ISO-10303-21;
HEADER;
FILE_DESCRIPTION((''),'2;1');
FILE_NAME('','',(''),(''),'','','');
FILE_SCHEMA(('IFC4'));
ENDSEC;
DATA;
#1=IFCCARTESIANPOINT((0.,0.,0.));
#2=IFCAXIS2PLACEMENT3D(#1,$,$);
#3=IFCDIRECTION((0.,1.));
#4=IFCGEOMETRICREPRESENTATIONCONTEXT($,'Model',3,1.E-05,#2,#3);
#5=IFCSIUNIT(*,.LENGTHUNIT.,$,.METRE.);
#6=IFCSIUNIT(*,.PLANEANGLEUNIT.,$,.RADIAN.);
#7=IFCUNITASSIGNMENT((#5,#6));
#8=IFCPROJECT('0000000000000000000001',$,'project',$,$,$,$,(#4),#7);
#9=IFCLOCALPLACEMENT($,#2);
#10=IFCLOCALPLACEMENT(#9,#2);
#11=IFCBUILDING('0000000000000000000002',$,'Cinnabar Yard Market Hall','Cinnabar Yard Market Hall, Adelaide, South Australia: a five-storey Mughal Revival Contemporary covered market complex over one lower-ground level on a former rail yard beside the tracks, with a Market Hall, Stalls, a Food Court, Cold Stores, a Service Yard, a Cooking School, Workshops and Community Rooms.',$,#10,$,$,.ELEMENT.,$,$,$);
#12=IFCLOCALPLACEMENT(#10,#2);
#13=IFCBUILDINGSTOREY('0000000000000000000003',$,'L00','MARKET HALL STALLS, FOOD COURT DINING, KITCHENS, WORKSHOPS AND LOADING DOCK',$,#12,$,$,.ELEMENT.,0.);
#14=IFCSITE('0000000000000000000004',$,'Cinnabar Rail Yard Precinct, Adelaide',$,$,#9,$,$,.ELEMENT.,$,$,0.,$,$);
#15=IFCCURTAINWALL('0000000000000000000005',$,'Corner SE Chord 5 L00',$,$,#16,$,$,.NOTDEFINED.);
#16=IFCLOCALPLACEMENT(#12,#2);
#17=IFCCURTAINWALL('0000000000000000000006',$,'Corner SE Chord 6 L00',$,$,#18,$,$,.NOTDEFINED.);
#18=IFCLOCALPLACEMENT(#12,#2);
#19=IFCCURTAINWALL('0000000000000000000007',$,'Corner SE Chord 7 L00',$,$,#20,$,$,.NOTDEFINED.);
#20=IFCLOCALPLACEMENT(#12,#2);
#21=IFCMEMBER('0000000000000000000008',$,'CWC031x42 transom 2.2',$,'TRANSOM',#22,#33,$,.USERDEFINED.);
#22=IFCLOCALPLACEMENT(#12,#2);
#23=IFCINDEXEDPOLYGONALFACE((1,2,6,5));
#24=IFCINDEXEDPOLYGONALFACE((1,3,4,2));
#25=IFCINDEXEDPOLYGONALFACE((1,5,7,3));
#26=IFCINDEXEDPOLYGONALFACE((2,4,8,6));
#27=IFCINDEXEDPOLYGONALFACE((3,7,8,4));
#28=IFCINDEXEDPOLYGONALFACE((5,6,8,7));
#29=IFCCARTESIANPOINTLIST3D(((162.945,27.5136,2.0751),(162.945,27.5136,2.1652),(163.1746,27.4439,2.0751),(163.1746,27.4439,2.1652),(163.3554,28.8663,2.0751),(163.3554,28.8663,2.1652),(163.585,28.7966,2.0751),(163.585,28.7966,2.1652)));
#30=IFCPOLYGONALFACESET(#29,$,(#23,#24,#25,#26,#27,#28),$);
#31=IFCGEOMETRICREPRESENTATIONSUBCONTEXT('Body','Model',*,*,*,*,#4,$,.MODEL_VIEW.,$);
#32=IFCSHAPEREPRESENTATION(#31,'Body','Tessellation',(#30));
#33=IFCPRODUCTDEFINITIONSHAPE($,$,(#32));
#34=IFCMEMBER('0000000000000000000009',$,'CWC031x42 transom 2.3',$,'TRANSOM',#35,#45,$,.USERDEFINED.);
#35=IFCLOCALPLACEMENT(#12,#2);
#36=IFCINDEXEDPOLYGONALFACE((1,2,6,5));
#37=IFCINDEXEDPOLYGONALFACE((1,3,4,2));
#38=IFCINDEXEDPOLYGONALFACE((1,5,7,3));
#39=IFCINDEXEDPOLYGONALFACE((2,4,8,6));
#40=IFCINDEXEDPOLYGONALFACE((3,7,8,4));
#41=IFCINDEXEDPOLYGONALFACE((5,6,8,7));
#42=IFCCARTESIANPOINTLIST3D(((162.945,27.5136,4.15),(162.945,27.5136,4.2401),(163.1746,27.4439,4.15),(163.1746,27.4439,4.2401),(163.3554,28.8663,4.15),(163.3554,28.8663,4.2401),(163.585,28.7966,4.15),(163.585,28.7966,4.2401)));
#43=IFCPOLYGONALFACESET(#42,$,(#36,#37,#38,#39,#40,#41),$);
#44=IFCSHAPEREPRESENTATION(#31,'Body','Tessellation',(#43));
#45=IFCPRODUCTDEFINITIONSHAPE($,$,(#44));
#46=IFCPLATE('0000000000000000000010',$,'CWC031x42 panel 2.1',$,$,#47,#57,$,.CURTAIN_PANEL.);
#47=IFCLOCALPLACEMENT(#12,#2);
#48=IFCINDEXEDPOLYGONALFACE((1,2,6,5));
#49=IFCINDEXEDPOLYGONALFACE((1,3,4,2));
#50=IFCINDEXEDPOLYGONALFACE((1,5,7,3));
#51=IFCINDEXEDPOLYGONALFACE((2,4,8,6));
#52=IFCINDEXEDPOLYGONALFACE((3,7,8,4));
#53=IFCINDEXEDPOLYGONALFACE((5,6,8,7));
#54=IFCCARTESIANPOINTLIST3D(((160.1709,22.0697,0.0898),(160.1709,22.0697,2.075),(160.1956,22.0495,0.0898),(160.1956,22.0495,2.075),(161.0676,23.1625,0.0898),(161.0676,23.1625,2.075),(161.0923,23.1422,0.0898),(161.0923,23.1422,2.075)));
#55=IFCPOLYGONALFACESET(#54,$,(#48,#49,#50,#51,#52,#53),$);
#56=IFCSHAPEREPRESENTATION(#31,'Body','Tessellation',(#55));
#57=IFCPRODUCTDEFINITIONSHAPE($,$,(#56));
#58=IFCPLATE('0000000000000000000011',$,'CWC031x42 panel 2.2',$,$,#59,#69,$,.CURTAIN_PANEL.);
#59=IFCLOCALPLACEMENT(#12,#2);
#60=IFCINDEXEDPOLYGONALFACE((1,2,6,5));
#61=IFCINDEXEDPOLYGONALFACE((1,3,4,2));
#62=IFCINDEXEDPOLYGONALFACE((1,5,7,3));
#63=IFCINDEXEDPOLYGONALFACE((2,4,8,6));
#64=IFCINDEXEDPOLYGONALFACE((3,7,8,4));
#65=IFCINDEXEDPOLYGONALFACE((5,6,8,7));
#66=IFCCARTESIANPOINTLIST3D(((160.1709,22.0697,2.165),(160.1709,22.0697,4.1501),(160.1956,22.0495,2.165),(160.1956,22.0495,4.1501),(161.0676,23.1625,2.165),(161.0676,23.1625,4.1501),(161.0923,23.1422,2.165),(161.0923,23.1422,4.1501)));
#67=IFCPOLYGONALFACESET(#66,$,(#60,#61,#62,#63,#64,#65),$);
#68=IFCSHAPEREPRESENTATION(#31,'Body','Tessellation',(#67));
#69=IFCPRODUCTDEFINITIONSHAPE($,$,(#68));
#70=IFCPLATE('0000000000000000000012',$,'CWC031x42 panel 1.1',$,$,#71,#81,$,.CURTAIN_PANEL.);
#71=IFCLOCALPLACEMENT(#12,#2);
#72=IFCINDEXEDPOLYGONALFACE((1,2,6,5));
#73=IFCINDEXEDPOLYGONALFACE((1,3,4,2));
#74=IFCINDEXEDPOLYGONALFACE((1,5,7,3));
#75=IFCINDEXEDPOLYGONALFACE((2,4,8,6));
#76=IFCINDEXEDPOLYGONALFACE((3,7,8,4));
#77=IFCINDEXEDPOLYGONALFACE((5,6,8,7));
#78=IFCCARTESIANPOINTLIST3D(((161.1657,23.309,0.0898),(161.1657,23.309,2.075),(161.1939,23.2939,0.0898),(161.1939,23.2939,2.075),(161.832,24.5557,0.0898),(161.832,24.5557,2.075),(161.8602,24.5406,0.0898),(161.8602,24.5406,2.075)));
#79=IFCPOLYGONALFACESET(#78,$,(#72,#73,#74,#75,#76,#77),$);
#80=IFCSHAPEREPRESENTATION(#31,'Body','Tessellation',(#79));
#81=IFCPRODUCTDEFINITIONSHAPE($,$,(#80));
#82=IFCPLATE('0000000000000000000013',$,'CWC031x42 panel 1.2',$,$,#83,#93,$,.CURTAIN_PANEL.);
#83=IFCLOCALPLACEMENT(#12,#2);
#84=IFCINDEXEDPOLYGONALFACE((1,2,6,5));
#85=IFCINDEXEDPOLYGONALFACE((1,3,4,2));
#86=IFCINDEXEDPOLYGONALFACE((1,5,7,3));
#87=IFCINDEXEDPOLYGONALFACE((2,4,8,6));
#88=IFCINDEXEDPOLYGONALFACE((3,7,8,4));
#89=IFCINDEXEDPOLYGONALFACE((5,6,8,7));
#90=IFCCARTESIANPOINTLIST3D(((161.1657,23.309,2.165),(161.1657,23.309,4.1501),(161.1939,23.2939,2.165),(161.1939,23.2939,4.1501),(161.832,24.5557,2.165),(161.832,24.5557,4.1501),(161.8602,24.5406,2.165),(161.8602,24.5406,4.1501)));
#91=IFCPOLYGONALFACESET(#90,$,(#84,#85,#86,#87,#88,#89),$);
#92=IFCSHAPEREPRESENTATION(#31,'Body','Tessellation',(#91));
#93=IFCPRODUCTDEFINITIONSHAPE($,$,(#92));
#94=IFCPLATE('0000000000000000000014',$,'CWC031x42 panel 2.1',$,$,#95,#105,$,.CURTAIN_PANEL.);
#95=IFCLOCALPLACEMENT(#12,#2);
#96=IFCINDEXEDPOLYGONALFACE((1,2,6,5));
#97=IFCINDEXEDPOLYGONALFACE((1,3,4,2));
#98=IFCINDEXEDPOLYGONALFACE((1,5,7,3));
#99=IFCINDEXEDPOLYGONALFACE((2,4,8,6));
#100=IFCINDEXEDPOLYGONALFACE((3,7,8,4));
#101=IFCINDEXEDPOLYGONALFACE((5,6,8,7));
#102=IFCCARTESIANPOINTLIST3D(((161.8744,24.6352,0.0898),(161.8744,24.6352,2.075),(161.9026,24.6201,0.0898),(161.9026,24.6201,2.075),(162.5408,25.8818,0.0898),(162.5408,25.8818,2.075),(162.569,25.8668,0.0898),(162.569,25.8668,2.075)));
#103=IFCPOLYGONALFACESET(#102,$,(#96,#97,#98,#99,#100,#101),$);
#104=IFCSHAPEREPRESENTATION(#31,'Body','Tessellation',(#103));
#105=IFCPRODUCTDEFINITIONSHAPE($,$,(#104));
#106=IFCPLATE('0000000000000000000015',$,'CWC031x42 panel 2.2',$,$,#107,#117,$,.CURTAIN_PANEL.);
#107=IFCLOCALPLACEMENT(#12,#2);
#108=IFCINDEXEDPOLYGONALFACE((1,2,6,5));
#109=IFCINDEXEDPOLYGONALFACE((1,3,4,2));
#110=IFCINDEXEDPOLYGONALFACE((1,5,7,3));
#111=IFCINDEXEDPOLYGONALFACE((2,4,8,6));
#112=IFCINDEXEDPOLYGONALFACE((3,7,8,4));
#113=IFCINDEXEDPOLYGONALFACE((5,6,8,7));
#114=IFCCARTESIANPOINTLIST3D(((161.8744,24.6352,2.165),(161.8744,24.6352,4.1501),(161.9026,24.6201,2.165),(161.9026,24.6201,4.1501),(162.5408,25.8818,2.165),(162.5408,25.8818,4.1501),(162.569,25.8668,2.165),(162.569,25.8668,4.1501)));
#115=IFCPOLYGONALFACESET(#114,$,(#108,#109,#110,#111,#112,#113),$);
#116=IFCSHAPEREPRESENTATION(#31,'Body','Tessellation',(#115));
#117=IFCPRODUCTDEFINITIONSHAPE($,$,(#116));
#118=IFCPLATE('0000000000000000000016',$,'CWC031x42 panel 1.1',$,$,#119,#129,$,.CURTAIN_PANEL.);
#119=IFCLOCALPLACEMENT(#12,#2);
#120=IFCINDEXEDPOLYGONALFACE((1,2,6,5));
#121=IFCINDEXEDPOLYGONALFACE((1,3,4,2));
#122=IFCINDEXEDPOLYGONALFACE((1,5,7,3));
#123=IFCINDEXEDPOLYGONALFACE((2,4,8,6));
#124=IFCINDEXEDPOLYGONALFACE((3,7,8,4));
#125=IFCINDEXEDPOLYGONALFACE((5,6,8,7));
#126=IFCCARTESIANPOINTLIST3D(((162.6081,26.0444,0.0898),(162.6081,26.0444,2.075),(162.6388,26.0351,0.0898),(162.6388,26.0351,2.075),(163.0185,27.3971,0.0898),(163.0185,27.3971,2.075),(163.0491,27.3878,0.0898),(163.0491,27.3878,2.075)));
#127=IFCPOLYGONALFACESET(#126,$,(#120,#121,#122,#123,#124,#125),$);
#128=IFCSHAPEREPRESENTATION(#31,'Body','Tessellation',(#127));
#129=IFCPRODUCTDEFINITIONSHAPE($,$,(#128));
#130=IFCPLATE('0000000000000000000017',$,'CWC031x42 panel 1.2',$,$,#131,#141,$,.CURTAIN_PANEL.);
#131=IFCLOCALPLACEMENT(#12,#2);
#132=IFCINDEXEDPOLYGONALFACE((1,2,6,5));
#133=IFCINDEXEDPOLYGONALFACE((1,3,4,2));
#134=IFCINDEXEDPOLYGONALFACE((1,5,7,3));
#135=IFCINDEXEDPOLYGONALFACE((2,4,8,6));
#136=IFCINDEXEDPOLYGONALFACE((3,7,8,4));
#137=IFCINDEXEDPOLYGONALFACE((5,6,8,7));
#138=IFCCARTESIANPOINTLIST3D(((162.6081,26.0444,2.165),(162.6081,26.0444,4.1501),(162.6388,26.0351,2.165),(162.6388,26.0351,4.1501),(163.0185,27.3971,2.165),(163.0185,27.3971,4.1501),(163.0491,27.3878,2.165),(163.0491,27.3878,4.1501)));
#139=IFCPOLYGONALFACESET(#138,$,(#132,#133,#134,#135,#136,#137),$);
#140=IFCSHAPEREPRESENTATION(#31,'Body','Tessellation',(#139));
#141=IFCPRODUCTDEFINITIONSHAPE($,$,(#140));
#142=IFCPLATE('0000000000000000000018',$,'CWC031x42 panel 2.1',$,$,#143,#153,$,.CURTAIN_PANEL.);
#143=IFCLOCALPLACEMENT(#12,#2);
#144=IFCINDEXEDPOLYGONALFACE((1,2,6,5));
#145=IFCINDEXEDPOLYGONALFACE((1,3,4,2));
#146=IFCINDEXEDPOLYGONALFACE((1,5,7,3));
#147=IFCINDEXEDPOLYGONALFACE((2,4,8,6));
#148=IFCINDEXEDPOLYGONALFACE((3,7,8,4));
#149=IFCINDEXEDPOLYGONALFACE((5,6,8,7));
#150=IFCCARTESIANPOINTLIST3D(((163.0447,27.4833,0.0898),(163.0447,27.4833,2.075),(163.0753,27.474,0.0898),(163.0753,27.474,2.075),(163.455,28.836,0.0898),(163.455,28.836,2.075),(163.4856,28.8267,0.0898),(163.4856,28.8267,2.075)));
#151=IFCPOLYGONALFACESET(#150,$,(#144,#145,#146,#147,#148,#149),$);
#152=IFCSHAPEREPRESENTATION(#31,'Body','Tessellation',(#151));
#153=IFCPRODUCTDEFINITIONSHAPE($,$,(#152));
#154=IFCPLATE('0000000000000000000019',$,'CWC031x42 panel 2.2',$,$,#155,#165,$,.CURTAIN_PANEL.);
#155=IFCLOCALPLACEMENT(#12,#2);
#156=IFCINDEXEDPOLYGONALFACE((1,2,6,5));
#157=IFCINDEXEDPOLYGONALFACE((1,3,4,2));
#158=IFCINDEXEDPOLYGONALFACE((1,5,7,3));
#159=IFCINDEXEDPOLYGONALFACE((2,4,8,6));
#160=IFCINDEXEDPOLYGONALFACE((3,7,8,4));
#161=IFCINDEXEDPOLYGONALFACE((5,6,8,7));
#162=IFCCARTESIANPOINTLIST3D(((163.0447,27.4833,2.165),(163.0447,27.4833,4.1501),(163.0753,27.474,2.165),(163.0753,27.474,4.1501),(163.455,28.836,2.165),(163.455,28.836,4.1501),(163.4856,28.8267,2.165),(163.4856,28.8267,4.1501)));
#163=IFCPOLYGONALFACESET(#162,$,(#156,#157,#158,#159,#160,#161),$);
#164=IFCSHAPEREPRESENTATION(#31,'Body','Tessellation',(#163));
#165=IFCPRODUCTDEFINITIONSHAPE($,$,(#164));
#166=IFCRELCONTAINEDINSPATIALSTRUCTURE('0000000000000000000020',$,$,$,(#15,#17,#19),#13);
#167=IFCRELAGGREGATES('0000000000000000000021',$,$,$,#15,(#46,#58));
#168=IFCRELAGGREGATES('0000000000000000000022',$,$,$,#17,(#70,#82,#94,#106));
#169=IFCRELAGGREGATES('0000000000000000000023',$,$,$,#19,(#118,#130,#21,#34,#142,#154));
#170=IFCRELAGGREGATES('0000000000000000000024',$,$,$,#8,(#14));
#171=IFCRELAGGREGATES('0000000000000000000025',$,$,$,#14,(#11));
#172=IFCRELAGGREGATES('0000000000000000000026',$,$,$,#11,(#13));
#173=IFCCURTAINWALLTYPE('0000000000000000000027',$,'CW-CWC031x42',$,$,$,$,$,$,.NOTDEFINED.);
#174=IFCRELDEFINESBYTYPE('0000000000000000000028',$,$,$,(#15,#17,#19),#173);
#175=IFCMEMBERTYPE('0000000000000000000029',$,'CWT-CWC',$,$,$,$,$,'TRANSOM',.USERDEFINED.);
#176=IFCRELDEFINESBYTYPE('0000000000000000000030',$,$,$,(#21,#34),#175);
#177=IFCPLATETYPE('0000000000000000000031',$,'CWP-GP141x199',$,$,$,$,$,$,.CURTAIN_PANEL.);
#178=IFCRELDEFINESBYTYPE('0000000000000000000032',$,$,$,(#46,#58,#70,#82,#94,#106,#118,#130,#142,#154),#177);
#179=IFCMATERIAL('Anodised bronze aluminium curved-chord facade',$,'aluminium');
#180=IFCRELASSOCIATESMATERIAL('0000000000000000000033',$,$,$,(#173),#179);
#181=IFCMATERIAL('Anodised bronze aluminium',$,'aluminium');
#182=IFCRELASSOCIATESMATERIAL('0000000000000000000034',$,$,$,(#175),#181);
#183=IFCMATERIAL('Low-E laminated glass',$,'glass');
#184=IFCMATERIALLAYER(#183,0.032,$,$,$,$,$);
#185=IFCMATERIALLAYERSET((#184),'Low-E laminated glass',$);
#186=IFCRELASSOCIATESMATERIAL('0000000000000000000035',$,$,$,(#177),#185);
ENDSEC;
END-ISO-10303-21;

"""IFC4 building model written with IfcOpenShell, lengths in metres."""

from ifc_helpers import new_model, si_unit, direction, frame, origin, origin_2d_with_axis, place, context, subcontext, project, spatial, rectangle, extrude, material, layer, layer_set, material_profile, profile_set, type_object, element, aggregate, save


model = new_model("IFC4")

# Units and contexts
model_context = context("Model", 3, precision=1e-05, world=origin(), true_north=direction((0.0, 1.0)))
body_context = subcontext(model_context, "Body", "Model", "MODEL_VIEW")
ifc_project = project(units=[si_unit("LENGTHUNIT", "METRE"), si_unit("PLANEANGLEUNIT", "RADIAN")], contexts=[model_context])

# Site, building, storey
site_placement = place(None, origin())
site = spatial("IfcSite", under=ifc_project, at=site_placement, Name="Cinnabar Rail Yard Precinct, Adelaide", CompositionType="ELEMENT", RefElevation=0.0)
building_placement = place(site_placement, origin())
building = spatial("IfcBuilding", under=site, at=building_placement, Name="Cinnabar Yard Market Hall", Description="Cinnabar Yard Market Hall, Adelaide, South Australia: a five-storey Mughal Revival Contemporary covered market complex over one lower-ground level on a former rail yard beside the tracks, with a Market Hall, Stalls, a Food Court, Cold Stores, a Service Yard, a Cooking School, Workshops and Community Rooms.", CompositionType="ELEMENT")
storey_placement = place(building_placement, origin())
storey = spatial("IfcBuildingStorey", under=building, at=storey_placement, Name="L00", Description="MARKET HALL STALLS, FOOD COURT DINING, KITCHENS, WORKSHOPS AND LOADING DOCK", CompositionType="ELEMENT", Elevation=0.0)

# Curtain wall
ifc_material_1 = material(Name="Anodised bronze aluminium curved-chord facade", Category="aluminium")
curtain_wall_type = type_object("IfcCurtainWallType", Name="CW-CWC031x42", PredefinedType="NOTDEFINED", material=ifc_material_1)
curtain_wall_1_placement = place(storey_placement, origin())
curtain_wall_1 = element("IfcCurtainWall", 1, at=curtain_wall_1_placement, inside=storey, type_object=curtain_wall_type, Name="Corner SE Chord 5 L00", PredefinedType="NOTDEFINED")
ifc_material_2 = material(Name="Anodised bronze aluminium", Category="aluminium")

# Curtain walls
curtain_wall_2_placement = place(storey_placement, origin())
curtain_wall_2 = element("IfcCurtainWall", 2, at=curtain_wall_2_placement, inside=storey, type_object=curtain_wall_type, Name="Corner SE Chord 6 L00", PredefinedType="NOTDEFINED")
curtain_wall_3_placement = place(storey_placement, origin())
curtain_wall_3 = element("IfcCurtainWall", 3, at=curtain_wall_3_placement, inside=storey, type_object=curtain_wall_type, Name="Corner SE Chord 7 L00", PredefinedType="NOTDEFINED")

# Members
ifc_material_profile_1 = material_profile(ifc_material_2, rectangle(XDim=0.24, YDim=0.0901, at=origin_2d_with_axis()), Name="TRN-CWC")
ifc_profile_set_1 = profile_set([ifc_material_profile_1], Name="Anodised bronze aluminium")
member_type_1 = type_object("IfcMemberType", Name="CWT-CWC", ElementType="TRANSOM", PredefinedType="USERDEFINED", material=ifc_profile_set_1)
member_1_placement = place(storey_placement, frame((163.0598, 27.4788, 2.1201), z_axis=(0.290309, 0.956933, 0.0), x_axis=(-0.956933, 0.290309, 0.0)))
member_1 = element("IfcMember", 4, at=member_1_placement, type_object=member_type_1, Name="CWC031x42 transom 2.2", ObjectType="TRANSOM", PredefinedType="USERDEFINED", context=body_context, shape_type="SweptSolid", body=[
    extrude(rectangle(XDim=0.24, YDim=0.0901, at=origin_2d_with_axis()), origin(), (0.0, 0.0, 1.0), 1.4136),
])
member_2_placement = place(storey_placement, frame((163.0598, 27.4788, 4.1951), z_axis=(0.290309, 0.956933, 0.0), x_axis=(-0.956933, 0.290309, 0.0)))
member_2 = element("IfcMember", 5, at=member_2_placement, type_object=member_type_1, Name="CWC031x42 transom 2.3", ObjectType="TRANSOM", PredefinedType="USERDEFINED", context=body_context, shape_type="SweptSolid", body=[
    extrude(rectangle(XDim=0.24, YDim=0.0901, at=origin_2d_with_axis()), origin(), (0.0, 0.0, 1.0), 1.4136),
])

# Plates
ifc_material_3 = material(Name="Low-E laminated glass", Category="glass")
ifc_layer = layer(ifc_material_3, 0.032)
ifc_layer_set = layer_set([ifc_layer], Name="Low-E laminated glass")
plate_type = type_object("IfcPlateType", Name="CWP-GP141x199", PredefinedType="CURTAIN_PANEL", material=ifc_layer_set)
plate_1_placement = place(storey_placement, frame((160.6316, 22.606, 0.0898), z_axis=(0.0, 0.0, 1.0), x_axis=(0.634383, 0.773019, 0.0)))
plate_1 = element("IfcPlate", 6, at=plate_1_placement, type_object=plate_type, Name="CWC031x42 panel 2.1", PredefinedType="CURTAIN_PANEL", context=body_context, shape_type="SweptSolid", body=[
    extrude(rectangle(XDim=1.4136, YDim=0.032, at=origin_2d_with_axis()), origin(), (0.0, 0.0, 1.0), 1.9851),
])
plate_2_placement = place(storey_placement, frame((160.6316, 22.606, 2.165), z_axis=(0.0, 0.0, 1.0), x_axis=(0.634383, 0.773019, 0.0)))
plate_2 = element("IfcPlate", 7, at=plate_2_placement, type_object=plate_type, Name="CWC031x42 panel 2.2", PredefinedType="CURTAIN_PANEL", context=body_context, shape_type="SweptSolid", body=[
    extrude(rectangle(XDim=1.4136, YDim=0.032, at=origin_2d_with_axis()), origin(), (0.0, 0.0, 1.0), 1.9851),
])
aggregate(curtain_wall_1, [plate_1, plate_2])
plate_3_placement = place(storey_placement, frame((161.5129, 23.9248, 0.0898), z_axis=(0.0, 0.0, 1.0), x_axis=(0.471404, 0.881917, 0.0)))
plate_3 = element("IfcPlate", 8, at=plate_3_placement, type_object=plate_type, Name="CWC031x42 panel 1.1", PredefinedType="CURTAIN_PANEL", context=body_context, shape_type="SweptSolid", body=[
    extrude(rectangle(XDim=1.4136, YDim=0.032, at=origin_2d_with_axis()), origin(), (0.0, 0.0, 1.0), 1.9851),
])
plate_4_placement = place(storey_placement, frame((161.5129, 23.9248, 2.165), z_axis=(0.0, 0.0, 1.0), x_axis=(0.471404, 0.881917, 0.0)))
plate_4 = element("IfcPlate", 9, at=plate_4_placement, type_object=plate_type, Name="CWC031x42 panel 1.2", PredefinedType="CURTAIN_PANEL", context=body_context, shape_type="SweptSolid", body=[
    extrude(rectangle(XDim=1.4136, YDim=0.032, at=origin_2d_with_axis()), origin(), (0.0, 0.0, 1.0), 1.9851),
])
plate_5_placement = place(storey_placement, frame((162.2217, 25.251, 0.0898), z_axis=(0.0, 0.0, 1.0), x_axis=(0.471404, 0.881917, 0.0)))
plate_5 = element("IfcPlate", 10, at=plate_5_placement, type_object=plate_type, Name="CWC031x42 panel 2.1", PredefinedType="CURTAIN_PANEL", context=body_context, shape_type="SweptSolid", body=[
    extrude(rectangle(XDim=1.4136, YDim=0.032, at=origin_2d_with_axis()), origin(), (0.0, 0.0, 1.0), 1.9851),
])
plate_6_placement = place(storey_placement, frame((162.2217, 25.251, 2.165), z_axis=(0.0, 0.0, 1.0), x_axis=(0.471404, 0.881917, 0.0)))
plate_6 = element("IfcPlate", 11, at=plate_6_placement, type_object=plate_type, Name="CWC031x42 panel 2.2", PredefinedType="CURTAIN_PANEL", context=body_context, shape_type="SweptSolid", body=[
    extrude(rectangle(XDim=1.4136, YDim=0.032, at=origin_2d_with_axis()), origin(), (0.0, 0.0, 1.0), 1.9851),
])
aggregate(curtain_wall_2, [plate_3, plate_4, plate_5, plate_6])
plate_7_placement = place(storey_placement, frame((162.8286, 26.7161, 0.0898), z_axis=(0.0, 0.0, 1.0), x_axis=(0.290279, 0.956942, 0.0)))
plate_7 = element("IfcPlate", 12, at=plate_7_placement, type_object=plate_type, Name="CWC031x42 panel 1.1", PredefinedType="CURTAIN_PANEL", context=body_context, shape_type="SweptSolid", body=[
    extrude(rectangle(XDim=1.4136, YDim=0.032, at=origin_2d_with_axis()), origin(), (0.0, 0.0, 1.0), 1.9851),
])
plate_8_placement = place(storey_placement, frame((162.8286, 26.7161, 2.165), z_axis=(0.0, 0.0, 1.0), x_axis=(0.290279, 0.956942, 0.0)))
plate_8 = element("IfcPlate", 13, at=plate_8_placement, type_object=plate_type, Name="CWC031x42 panel 1.2", PredefinedType="CURTAIN_PANEL", context=body_context, shape_type="SweptSolid", body=[
    extrude(rectangle(XDim=1.4136, YDim=0.032, at=origin_2d_with_axis()), origin(), (0.0, 0.0, 1.0), 1.9851),
])
plate_9_placement = place(storey_placement, frame((163.2651, 28.155, 0.0898), z_axis=(0.0, 0.0, 1.0), x_axis=(0.290279, 0.956942, 0.0)))
plate_9 = element("IfcPlate", 14, at=plate_9_placement, type_object=plate_type, Name="CWC031x42 panel 2.1", PredefinedType="CURTAIN_PANEL", context=body_context, shape_type="SweptSolid", body=[
    extrude(rectangle(XDim=1.4136, YDim=0.032, at=origin_2d_with_axis()), origin(), (0.0, 0.0, 1.0), 1.9851),
])
plate_10_placement = place(storey_placement, frame((163.2651, 28.155, 2.165), z_axis=(0.0, 0.0, 1.0), x_axis=(0.290279, 0.956942, 0.0)))
plate_10 = element("IfcPlate", 15, at=plate_10_placement, type_object=plate_type, Name="CWC031x42 panel 2.2", PredefinedType="CURTAIN_PANEL", context=body_context, shape_type="SweptSolid", body=[
    extrude(rectangle(XDim=1.4136, YDim=0.032, at=origin_2d_with_axis()), origin(), (0.0, 0.0, 1.0), 1.9851),
])
aggregate(curtain_wall_3, [plate_7, plate_8, member_1, member_2, plate_9, plate_10])

save(model, "model.ifc")
